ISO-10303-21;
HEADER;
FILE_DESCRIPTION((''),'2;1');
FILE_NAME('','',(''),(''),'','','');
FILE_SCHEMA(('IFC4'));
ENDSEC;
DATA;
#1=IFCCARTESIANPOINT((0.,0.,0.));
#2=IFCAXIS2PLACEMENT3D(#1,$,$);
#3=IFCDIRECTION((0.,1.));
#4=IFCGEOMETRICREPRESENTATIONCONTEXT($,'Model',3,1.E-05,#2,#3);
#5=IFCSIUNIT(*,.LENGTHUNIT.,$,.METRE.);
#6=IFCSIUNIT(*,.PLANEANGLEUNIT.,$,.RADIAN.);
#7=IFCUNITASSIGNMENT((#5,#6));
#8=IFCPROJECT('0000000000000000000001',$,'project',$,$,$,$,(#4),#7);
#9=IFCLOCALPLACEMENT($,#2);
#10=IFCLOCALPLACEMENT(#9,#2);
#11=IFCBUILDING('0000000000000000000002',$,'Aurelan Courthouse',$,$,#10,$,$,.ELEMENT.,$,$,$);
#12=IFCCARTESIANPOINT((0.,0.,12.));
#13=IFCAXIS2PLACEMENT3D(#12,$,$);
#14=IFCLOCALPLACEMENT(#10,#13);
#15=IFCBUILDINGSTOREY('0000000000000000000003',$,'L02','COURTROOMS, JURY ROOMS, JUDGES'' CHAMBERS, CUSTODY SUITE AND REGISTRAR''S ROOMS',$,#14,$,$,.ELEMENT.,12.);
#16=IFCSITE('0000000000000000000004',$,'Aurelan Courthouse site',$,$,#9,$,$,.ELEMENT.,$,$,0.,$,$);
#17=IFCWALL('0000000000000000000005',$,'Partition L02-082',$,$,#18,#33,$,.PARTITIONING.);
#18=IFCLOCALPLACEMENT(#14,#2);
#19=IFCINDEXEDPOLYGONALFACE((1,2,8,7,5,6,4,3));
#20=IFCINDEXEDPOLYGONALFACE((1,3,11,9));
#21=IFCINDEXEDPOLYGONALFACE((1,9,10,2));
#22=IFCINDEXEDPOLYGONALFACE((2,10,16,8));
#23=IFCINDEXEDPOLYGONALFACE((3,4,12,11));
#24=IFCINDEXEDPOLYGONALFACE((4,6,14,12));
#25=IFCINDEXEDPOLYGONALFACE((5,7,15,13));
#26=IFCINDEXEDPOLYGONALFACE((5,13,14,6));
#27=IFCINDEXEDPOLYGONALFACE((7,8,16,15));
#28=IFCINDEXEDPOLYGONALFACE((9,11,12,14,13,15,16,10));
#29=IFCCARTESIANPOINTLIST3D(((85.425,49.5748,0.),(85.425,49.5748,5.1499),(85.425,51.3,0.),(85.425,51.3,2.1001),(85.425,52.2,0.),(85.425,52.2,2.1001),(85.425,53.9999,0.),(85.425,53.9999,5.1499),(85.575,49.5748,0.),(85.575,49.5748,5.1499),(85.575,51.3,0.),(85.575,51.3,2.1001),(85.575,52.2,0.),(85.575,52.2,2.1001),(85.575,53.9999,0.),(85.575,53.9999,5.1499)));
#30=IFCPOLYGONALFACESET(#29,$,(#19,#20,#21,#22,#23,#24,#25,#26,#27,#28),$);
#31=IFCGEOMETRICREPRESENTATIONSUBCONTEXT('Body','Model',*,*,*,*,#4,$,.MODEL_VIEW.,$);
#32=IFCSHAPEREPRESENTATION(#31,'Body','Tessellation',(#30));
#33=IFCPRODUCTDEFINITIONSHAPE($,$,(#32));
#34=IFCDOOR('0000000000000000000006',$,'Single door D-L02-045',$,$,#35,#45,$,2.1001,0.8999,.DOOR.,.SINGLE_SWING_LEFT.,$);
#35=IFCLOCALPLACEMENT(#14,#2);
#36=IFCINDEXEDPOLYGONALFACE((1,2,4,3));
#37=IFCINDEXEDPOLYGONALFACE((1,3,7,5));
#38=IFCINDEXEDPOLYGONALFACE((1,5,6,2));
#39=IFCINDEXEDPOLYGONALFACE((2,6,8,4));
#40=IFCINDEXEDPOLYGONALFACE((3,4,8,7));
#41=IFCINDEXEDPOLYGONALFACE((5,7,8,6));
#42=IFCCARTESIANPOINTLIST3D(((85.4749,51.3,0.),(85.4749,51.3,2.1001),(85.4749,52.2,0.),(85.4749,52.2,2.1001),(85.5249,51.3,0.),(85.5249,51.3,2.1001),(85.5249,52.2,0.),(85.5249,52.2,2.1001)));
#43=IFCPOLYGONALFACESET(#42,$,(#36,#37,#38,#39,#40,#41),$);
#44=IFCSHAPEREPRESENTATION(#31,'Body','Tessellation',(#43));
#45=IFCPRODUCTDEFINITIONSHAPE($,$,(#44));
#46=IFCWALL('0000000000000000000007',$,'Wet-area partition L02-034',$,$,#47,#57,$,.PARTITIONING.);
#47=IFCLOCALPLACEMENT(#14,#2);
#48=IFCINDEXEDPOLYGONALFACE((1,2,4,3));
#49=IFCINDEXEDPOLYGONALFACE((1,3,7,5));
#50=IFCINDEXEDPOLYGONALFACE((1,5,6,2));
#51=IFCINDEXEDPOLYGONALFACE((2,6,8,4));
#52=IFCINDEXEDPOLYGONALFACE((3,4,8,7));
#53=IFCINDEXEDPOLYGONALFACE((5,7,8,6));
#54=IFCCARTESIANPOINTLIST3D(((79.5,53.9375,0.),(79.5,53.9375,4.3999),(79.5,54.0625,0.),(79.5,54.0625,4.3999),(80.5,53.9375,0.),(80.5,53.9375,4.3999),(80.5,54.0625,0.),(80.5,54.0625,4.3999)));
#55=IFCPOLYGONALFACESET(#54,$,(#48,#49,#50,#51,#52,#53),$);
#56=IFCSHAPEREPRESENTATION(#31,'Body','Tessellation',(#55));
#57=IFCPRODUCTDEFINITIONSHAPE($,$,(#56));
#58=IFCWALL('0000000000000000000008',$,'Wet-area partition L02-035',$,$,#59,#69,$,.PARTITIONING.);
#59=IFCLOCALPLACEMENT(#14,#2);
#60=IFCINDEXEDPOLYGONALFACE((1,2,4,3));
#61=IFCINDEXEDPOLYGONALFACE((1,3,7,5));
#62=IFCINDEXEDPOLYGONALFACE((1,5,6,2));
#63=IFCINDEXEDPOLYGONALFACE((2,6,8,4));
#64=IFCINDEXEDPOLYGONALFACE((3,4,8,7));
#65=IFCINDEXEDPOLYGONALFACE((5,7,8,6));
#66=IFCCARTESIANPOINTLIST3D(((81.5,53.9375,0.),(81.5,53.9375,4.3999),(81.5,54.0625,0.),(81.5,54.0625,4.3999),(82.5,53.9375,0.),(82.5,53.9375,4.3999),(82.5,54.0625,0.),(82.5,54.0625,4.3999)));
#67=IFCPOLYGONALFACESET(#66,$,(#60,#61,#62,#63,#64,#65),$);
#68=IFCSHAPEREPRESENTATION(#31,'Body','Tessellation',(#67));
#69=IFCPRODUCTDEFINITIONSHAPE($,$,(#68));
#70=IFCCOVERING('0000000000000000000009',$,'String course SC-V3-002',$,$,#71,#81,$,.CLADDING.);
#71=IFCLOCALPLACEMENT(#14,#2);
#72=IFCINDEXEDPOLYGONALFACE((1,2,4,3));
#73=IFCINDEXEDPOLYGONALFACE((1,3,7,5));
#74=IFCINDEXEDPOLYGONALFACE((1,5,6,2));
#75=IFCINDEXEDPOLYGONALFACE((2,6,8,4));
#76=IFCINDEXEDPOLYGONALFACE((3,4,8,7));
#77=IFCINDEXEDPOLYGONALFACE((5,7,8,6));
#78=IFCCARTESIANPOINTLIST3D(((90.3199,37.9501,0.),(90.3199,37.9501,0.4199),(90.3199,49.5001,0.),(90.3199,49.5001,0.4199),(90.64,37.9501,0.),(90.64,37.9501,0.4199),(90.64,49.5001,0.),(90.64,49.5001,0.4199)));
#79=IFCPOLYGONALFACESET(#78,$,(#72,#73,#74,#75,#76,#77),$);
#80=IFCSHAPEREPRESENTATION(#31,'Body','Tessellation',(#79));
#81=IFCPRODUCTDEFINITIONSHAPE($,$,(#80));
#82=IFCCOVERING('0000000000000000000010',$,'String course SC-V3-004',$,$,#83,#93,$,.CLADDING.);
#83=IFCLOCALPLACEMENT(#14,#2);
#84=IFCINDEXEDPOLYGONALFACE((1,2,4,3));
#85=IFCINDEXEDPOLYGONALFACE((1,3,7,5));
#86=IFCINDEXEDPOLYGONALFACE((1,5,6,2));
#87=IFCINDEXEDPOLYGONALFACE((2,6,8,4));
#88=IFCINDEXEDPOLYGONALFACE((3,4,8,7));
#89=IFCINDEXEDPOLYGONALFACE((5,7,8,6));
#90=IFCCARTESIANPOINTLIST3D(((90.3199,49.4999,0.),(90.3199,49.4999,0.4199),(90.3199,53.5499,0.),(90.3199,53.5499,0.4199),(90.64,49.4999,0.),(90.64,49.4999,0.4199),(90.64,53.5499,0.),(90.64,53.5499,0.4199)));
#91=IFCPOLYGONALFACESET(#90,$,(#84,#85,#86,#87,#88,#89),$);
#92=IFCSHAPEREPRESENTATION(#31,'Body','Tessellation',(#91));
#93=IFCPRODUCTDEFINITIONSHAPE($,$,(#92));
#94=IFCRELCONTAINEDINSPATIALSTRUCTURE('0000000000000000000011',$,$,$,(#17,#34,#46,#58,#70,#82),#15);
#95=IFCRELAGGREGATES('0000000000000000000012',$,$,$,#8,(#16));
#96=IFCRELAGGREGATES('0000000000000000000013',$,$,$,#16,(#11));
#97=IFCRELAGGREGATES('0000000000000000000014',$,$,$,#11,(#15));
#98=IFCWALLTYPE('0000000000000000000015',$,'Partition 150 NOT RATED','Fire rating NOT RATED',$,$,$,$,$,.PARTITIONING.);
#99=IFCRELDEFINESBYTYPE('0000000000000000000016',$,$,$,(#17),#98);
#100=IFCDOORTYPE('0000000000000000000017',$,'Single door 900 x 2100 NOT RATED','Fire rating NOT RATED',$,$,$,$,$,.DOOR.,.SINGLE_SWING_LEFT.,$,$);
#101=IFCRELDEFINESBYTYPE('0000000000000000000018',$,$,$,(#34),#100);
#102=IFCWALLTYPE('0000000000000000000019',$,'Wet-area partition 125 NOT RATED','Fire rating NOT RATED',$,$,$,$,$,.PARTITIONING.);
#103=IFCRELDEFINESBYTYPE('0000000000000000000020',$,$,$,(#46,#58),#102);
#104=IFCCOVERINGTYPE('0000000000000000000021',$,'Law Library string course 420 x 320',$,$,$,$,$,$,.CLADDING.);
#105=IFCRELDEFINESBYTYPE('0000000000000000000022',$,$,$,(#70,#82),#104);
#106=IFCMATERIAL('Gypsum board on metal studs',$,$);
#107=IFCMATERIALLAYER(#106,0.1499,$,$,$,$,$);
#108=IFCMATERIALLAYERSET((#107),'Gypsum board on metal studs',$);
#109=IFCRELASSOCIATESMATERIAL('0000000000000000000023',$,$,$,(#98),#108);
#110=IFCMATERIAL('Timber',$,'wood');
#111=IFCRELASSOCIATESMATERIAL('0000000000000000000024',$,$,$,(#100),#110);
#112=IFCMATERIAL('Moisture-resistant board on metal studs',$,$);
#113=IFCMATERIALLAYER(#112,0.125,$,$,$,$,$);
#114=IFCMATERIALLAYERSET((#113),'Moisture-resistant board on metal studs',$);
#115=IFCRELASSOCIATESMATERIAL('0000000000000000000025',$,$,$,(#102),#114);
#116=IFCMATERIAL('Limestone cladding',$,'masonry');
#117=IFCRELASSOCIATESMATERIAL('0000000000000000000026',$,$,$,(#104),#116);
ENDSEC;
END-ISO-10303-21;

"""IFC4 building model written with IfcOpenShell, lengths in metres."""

from ifc_helpers import new_model, si_unit, direction, frame, frame_2d, origin, origin_2d, place, context, subcontext, project, spatial, rectangle, extrude, material, layer, layer_set, type_object, element, fill, save


model = new_model("IFC4")

# Units and contexts
model_context = context("Model", 3, precision=1e-05, world=origin(), true_north=direction((0.0, 1.0)))
body_context = subcontext(model_context, "Body", "Model", "MODEL_VIEW")
ifc_project = project(units=[si_unit("LENGTHUNIT", "METRE"), si_unit("PLANEANGLEUNIT", "RADIAN")], contexts=[model_context])

# Site, building, storey
site_placement = place(None, origin())
site = spatial("IfcSite", under=ifc_project, at=site_placement, Name="Aurelan Courthouse site", CompositionType="ELEMENT", RefElevation=0.0)
building_placement = place(site_placement, origin())
building = spatial("IfcBuilding", under=site, at=building_placement, Name="Aurelan Courthouse", CompositionType="ELEMENT")
storey_placement = place(building_placement, frame((0.0, 0.0, 12.0)))
storey = spatial("IfcBuildingStorey", under=building, at=storey_placement, Name="L02", Description="COURTROOMS, JURY ROOMS, JUDGES' CHAMBERS, CUSTODY SUITE AND REGISTRAR'S ROOMS", CompositionType="ELEMENT", Elevation=12.0)

# Shared definitions
ifc_material_1 = material(Name="Gypsum board on metal studs")

# Shared definitions
ifc_material_2 = material(Name="Limestone cladding", Category="masonry")

# Shared definitions
ifc_layer_1 = layer(ifc_material_1, 0.1499)
ifc_layer_set_1 = layer_set([ifc_layer_1], Name="Gypsum board on metal studs")
wall_type_1 = type_object("IfcWallType", Name="Partition 150 NOT RATED", Description="Fire rating NOT RATED", PredefinedType="PARTITIONING", material=ifc_layer_set_1)
ifc_material_3 = material(Name="Timber", Category="wood")
door_type_1 = type_object("IfcDoorType", Name="Single door 900 x 2100 NOT RATED", Description="Fire rating NOT RATED", OperationType="SINGLE_SWING_LEFT", PredefinedType="DOOR", material=ifc_material_3)

# Wall, opening, door
wall_1_placement = place(storey_placement, frame((85.5, 49.575, 0.0), z_axis=(0.0, 0.0, 1.0), x_axis=(0.0, 1.0, 0.0)))
wall_1 = element("IfcWall", 1, at=wall_1_placement, inside=storey, type_object=wall_type_1, Name="Partition L02-082", PredefinedType="PARTITIONING", context=body_context, shape_type="SweptSolid", body=[
    extrude(rectangle(XDim=4.425, YDim=0.1499, at=frame_2d((2.2124, 0.0))), origin(), (0.0, 0.0, 1.0), 5.1499),
])
opening_1_placement = place(wall_1_placement, frame((2.625, 0.0, 0.0), z_axis=(0.0, 0.0, 1.0), x_axis=(-1.0, 0.0, 0.0)))
opening_1 = element("IfcOpeningElement", 2, at=opening_1_placement, cuts=wall_1, PredefinedType="OPENING", context=body_context, shape_type="SweptSolid", body=[
    extrude(rectangle(XDim=0.8999, YDim=2.1001, at=frame_2d((0.45, 1.05))), frame((0.0, 0.085, 0.0), z_axis=(0.0, -1.0, 0.0), x_axis=(1.0, 0.0, 0.0)), (0.0, 0.0, 1.0), 0.1699),
])
door_1_placement = place(opening_1_placement, origin())
door_1 = element("IfcDoor", 3, at=door_1_placement, inside=storey, type_object=door_type_1, Name="Single door D-L02-045", OperationType="SINGLE_SWING_LEFT", OverallHeight=2.1001, OverallWidth=0.8999, PredefinedType="DOOR", context=body_context, shape_type="SweptSolid", body=[
    extrude(rectangle(XDim=0.8999, YDim=2.1001, at=frame_2d((0.45, 1.05))), frame((0.0, 0.0249, 0.0), z_axis=(0.0, -1.0, 0.0), x_axis=(1.0, 0.0, 0.0)), (0.0, 0.0, 1.0), 0.05),
])
fill(opening_1, door_1)

# Walls
ifc_material_4 = material(Name="Moisture-resistant board on metal studs")
ifc_layer_2 = layer(ifc_material_4, 0.125)
ifc_layer_set_2 = layer_set([ifc_layer_2], Name="Moisture-resistant board on metal studs")
wall_type_2 = type_object("IfcWallType", Name="Wet-area partition 125 NOT RATED", Description="Fire rating NOT RATED", PredefinedType="PARTITIONING", material=ifc_layer_set_2)
for number, where, z_axis, x_axis, name in (
    (4, (79.5, 54.0, 0.0), (0.0, 0.0, 1.0), (1.0, 0.0, 0.0), "Wet-area partition L02-034"),
    (5, (81.5, 54.0, 0.0), (0.0, 0.0, 1.0), (1.0, 0.0, 0.0), "Wet-area partition L02-035"),
):
    element("IfcWall", number, at=place(storey_placement, frame(where, z_axis=z_axis, x_axis=x_axis)), inside=storey, type_object=wall_type_2, Name=name, PredefinedType="PARTITIONING", context=body_context, shape_type="SweptSolid", body=[
        extrude(rectangle(XDim=1.0, YDim=0.125, at=frame_2d((0.5, 0.0))), origin(), (0.0, 0.0, 1.0), 4.3999),
    ])

# Coverings
covering_type = type_object("IfcCoveringType", Name="Law Library string course 420 x 320", PredefinedType="CLADDING", material=ifc_material_2)
covering_1_placement = place(storey_placement, frame((90.48, 43.7251, 0.0), z_axis=(0.0, 0.0, 1.0), x_axis=(1.0, 0.0, 0.0)))
element("IfcCovering", 6, at=covering_1_placement, inside=storey, type_object=covering_type, Name="String course SC-V3-002", PredefinedType="CLADDING", context=body_context, shape_type="SweptSolid", body=[
    extrude(rectangle(XDim=0.3201, YDim=11.55, at=origin_2d()), origin(), (0.0, 0.0, 1.0), 0.4199),
])
covering_2_placement = place(storey_placement, frame((90.48, 51.5249, 0.0), z_axis=(0.0, 0.0, 1.0), x_axis=(1.0, 0.0, 0.0)))
element("IfcCovering", 7, at=covering_2_placement, inside=storey, type_object=covering_type, Name="String course SC-V3-004", PredefinedType="CLADDING", context=body_context, shape_type="SweptSolid", body=[
    extrude(rectangle(XDim=0.3201, YDim=4.05, at=origin_2d()), origin(), (0.0, 0.0, 1.0), 0.4199),
])

save(model, "model.ifc")
